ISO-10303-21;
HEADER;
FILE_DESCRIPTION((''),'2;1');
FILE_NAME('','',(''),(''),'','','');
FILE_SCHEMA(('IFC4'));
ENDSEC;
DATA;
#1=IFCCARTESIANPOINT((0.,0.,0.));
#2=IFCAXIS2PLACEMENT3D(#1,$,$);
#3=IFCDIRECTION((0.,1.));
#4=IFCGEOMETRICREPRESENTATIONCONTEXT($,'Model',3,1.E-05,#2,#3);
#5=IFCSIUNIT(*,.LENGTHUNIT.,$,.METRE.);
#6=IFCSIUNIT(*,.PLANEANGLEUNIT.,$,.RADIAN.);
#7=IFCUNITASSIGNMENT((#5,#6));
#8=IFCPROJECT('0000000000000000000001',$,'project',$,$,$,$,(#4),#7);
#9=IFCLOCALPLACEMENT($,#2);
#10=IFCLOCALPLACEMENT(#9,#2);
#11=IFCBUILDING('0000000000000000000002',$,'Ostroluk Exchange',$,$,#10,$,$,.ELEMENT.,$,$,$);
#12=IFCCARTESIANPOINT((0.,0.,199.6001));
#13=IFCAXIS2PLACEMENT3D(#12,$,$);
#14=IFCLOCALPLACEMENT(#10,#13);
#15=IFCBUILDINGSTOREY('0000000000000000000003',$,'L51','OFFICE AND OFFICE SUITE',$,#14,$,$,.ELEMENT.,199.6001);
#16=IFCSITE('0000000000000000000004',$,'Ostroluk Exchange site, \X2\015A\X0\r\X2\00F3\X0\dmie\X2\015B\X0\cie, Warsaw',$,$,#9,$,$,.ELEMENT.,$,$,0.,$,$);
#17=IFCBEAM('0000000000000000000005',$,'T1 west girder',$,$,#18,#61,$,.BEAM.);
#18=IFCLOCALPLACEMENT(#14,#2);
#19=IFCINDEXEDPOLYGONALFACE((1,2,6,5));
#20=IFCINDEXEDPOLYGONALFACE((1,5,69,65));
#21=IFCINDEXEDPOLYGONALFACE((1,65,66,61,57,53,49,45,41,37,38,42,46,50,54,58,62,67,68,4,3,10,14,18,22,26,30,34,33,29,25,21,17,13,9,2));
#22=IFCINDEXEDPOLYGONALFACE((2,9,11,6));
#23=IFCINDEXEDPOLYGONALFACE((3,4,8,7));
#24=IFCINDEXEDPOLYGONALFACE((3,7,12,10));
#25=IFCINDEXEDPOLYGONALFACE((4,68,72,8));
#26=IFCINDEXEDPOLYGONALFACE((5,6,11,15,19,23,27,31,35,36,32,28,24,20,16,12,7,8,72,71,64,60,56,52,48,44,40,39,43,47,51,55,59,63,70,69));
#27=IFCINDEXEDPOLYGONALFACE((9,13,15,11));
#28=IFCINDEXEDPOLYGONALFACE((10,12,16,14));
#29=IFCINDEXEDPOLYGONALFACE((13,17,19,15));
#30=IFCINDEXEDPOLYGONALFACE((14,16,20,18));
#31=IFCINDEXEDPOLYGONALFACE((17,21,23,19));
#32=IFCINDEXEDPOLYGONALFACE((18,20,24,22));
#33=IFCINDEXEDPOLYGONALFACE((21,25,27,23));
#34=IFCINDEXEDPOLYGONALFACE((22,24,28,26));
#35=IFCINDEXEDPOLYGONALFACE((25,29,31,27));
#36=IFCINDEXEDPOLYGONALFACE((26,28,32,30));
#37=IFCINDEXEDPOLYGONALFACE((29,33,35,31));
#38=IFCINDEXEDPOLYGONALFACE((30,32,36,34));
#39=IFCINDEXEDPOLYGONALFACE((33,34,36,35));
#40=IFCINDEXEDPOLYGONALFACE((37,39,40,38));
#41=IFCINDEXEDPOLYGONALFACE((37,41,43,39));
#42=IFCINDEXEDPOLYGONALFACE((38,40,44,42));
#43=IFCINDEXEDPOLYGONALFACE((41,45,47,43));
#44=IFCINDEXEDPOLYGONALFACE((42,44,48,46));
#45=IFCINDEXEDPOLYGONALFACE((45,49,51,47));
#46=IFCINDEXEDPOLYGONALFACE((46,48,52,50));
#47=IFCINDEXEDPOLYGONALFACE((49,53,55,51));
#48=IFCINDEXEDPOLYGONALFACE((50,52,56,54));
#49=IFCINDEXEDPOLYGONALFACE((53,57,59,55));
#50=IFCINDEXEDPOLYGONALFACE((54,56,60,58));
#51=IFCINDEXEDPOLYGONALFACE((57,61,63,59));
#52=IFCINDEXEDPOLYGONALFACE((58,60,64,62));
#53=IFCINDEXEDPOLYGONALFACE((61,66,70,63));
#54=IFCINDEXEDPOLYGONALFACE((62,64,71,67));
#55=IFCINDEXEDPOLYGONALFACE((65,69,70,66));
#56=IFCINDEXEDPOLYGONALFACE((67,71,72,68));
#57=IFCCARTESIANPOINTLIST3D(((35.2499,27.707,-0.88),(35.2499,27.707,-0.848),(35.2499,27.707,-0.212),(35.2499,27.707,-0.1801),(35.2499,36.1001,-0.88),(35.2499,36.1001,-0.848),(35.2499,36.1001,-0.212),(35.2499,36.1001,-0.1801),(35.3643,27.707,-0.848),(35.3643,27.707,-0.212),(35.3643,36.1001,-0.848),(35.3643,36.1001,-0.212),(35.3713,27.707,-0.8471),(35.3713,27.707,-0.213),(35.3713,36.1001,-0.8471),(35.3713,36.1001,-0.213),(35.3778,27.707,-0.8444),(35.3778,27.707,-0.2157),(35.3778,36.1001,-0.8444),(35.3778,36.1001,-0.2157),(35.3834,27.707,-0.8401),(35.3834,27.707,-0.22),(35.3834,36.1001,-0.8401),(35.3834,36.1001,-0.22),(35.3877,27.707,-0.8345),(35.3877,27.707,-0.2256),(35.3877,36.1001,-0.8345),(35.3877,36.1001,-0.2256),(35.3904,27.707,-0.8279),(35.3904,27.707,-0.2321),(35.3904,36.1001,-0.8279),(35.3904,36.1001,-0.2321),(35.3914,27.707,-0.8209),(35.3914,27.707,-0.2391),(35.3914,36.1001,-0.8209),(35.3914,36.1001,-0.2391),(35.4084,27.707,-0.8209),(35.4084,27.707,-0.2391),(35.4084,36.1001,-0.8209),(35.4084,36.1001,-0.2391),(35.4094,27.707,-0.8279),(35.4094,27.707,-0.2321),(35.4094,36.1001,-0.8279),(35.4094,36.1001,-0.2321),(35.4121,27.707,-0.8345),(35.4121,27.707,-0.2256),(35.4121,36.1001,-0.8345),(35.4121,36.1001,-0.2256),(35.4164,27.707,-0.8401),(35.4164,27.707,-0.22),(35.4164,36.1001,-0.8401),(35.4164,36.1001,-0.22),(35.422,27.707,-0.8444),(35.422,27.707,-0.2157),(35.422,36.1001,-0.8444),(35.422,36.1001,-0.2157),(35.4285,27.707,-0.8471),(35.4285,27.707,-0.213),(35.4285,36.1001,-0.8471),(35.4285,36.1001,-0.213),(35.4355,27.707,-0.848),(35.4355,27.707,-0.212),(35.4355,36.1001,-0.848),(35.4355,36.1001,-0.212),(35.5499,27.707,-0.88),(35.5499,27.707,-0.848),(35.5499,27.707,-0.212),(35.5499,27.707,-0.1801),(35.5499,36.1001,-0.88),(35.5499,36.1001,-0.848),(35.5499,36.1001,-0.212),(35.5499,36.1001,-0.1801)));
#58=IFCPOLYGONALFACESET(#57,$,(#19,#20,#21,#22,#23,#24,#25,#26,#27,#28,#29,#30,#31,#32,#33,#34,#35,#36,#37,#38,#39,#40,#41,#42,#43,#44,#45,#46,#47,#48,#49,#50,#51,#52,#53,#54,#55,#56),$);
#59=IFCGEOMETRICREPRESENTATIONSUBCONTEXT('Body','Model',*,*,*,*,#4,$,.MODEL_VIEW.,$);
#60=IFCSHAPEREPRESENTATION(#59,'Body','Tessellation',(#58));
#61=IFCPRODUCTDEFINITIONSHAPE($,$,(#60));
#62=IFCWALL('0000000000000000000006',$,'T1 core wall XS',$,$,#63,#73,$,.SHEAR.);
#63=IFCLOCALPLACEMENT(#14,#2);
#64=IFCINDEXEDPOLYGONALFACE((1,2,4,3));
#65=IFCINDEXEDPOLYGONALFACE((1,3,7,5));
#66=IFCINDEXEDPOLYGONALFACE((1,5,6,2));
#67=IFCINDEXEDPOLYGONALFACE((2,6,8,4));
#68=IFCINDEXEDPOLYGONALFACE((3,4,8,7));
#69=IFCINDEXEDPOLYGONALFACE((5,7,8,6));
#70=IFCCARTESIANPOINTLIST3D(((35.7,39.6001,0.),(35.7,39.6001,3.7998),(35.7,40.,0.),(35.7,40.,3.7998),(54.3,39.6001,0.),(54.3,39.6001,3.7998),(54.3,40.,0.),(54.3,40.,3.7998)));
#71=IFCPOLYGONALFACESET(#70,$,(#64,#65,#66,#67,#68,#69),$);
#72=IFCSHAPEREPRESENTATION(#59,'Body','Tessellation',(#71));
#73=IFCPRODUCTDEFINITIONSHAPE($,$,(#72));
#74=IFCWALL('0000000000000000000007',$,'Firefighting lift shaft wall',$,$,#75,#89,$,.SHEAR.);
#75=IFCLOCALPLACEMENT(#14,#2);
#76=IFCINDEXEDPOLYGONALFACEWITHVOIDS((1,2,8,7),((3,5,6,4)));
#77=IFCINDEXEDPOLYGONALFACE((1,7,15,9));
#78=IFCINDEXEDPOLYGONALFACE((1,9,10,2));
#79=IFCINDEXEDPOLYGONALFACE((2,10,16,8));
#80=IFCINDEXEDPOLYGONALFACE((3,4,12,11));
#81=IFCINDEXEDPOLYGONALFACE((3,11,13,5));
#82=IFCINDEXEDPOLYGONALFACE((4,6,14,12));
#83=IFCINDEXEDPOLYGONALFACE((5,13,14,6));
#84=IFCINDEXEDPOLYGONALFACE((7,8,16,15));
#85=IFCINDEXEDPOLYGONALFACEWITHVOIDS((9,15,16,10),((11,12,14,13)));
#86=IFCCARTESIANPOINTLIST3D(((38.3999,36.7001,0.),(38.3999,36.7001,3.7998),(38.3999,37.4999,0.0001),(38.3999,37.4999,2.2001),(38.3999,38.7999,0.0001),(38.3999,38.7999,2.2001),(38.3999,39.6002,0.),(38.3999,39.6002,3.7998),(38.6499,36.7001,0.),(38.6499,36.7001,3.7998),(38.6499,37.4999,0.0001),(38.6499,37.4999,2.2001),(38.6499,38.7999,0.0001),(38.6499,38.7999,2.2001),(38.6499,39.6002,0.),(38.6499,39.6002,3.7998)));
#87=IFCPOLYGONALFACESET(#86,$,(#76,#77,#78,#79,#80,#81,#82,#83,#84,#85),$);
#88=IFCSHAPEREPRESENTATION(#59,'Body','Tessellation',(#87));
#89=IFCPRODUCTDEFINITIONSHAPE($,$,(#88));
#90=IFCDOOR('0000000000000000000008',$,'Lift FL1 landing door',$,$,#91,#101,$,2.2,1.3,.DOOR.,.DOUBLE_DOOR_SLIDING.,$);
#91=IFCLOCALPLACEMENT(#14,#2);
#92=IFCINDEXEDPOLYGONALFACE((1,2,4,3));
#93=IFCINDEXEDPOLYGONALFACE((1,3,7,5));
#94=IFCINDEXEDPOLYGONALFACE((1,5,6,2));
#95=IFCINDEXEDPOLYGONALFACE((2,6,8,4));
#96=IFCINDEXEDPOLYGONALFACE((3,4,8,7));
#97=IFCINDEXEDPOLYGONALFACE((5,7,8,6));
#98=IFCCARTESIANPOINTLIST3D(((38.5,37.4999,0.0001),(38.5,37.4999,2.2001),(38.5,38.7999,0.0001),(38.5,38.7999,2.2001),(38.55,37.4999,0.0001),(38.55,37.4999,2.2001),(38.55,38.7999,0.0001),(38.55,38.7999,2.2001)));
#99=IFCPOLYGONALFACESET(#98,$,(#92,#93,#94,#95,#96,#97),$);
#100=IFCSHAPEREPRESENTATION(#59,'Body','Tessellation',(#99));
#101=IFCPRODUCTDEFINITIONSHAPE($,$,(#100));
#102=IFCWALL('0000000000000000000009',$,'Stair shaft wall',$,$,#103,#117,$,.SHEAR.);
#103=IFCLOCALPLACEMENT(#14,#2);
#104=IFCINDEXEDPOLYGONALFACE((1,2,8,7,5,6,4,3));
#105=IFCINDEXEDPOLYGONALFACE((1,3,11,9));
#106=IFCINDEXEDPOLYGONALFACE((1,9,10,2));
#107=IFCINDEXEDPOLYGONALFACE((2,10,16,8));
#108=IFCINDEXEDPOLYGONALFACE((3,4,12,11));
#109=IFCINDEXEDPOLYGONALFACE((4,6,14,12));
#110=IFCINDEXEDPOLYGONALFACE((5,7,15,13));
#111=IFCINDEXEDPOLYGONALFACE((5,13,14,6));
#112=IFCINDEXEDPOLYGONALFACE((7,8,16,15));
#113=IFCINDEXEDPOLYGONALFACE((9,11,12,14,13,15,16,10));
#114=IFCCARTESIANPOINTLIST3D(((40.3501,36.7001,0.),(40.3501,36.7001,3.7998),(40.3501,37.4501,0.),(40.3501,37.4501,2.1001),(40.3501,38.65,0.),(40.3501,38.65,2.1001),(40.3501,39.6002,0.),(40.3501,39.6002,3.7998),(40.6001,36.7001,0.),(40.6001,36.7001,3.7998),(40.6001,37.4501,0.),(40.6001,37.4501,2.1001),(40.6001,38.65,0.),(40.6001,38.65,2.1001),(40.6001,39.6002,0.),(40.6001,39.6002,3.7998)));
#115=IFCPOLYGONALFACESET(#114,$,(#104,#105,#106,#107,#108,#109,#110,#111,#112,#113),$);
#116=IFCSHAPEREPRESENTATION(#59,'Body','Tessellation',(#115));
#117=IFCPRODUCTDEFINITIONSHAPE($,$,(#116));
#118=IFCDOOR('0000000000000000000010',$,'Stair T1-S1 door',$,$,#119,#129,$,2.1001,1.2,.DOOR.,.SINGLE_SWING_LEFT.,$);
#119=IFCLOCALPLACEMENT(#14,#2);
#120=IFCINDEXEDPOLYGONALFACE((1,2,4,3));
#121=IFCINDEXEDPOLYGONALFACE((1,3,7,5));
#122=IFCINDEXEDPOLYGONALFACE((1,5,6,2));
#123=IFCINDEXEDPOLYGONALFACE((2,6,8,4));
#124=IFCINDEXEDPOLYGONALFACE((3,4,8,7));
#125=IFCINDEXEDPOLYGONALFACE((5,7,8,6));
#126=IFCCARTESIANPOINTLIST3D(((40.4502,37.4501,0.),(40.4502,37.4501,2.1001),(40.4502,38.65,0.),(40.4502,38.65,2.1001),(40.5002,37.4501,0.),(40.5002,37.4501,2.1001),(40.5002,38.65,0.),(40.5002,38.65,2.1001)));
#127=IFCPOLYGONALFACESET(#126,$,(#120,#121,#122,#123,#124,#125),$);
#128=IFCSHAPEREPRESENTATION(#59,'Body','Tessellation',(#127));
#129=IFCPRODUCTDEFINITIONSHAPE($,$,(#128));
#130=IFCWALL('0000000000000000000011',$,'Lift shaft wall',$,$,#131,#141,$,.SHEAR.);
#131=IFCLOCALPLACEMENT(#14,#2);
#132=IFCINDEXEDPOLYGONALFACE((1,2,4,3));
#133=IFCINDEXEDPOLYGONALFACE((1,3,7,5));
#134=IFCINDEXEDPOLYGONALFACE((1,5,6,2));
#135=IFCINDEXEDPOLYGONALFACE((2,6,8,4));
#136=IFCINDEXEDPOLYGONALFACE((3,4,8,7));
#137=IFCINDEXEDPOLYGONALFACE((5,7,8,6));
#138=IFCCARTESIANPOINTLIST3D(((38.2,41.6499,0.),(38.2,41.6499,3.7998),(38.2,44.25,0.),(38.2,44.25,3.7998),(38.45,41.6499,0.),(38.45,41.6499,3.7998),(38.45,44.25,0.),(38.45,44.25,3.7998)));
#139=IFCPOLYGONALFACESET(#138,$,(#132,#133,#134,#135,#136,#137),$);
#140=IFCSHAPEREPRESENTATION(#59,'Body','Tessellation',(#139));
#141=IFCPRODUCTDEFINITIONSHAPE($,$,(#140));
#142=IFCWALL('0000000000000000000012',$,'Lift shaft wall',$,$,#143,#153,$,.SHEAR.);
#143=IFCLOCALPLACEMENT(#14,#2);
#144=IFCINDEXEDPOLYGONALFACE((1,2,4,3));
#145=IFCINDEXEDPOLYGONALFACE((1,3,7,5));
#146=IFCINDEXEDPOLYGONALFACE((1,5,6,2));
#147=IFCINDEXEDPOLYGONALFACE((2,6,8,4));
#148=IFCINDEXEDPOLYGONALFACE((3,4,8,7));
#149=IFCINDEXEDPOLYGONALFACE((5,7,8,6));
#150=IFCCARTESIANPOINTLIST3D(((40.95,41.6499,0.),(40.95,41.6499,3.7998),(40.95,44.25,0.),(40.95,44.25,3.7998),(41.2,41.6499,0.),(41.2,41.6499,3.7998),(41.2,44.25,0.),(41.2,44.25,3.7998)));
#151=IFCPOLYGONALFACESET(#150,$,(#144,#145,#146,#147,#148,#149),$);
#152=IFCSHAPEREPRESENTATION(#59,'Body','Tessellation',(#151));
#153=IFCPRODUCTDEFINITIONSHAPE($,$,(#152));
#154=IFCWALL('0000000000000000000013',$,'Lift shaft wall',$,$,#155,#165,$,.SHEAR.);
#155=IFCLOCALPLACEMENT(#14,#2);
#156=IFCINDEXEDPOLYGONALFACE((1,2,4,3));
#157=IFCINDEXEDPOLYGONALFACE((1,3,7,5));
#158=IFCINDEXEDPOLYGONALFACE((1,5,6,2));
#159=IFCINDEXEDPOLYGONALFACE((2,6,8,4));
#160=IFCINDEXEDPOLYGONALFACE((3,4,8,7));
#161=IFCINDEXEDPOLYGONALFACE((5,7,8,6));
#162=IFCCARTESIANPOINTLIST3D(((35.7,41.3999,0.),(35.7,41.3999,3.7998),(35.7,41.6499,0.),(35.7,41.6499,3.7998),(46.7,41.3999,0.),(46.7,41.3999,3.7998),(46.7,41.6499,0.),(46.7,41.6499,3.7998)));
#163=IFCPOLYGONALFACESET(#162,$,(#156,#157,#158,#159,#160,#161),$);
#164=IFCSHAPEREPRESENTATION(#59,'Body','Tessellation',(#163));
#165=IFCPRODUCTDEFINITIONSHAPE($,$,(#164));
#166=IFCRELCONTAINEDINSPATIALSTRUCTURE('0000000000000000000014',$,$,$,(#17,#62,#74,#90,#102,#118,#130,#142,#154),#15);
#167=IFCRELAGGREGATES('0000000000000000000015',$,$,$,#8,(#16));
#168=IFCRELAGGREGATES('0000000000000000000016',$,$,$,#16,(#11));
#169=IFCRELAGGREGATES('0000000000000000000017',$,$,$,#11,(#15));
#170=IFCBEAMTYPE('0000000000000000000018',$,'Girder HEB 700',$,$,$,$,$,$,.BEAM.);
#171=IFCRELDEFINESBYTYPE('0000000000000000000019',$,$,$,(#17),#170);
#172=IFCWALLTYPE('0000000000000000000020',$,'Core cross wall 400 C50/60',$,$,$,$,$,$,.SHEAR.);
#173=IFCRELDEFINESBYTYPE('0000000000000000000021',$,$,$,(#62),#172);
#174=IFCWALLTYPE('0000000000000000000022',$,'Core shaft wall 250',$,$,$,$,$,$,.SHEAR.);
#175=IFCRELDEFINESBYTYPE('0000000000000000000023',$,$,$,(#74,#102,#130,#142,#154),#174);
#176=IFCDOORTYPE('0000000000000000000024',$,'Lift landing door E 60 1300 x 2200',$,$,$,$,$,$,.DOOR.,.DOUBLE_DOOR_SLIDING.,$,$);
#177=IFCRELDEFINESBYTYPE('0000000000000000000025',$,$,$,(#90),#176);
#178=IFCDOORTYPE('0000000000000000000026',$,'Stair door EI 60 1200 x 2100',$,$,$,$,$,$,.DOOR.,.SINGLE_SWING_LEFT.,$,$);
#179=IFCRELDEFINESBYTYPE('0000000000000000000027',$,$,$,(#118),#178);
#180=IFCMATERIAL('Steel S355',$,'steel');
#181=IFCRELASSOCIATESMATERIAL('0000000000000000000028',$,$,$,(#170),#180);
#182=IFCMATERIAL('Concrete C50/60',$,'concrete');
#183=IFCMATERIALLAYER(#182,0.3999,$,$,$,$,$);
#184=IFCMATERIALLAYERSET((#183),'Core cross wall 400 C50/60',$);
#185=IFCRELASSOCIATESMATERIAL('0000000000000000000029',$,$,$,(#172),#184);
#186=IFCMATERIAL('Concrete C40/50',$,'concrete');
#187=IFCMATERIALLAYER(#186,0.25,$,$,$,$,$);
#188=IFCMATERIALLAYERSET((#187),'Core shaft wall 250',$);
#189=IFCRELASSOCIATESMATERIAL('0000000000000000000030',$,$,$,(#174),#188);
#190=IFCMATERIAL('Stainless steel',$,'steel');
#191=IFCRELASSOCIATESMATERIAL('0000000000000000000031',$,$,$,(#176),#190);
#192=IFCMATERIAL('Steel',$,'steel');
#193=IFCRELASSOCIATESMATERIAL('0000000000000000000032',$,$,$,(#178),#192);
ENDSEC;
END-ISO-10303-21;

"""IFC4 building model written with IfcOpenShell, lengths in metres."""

from ifc_helpers import new_model, si_unit, direction, frame, frame_2d, origin, origin_2d, place, context, subcontext, project, spatial, rectangle, i_section, extrude, material, layer, layer_set, material_profile, profile_set, type_object, element, fill, save


model = new_model("IFC4")

# Units and contexts
model_context = context("Model", 3, precision=1e-05, world=origin(), true_north=direction((0.0, 1.0)))
body_context = subcontext(model_context, "Body", "Model", "MODEL_VIEW")
ifc_project = project(units=[si_unit("LENGTHUNIT", "METRE"), si_unit("PLANEANGLEUNIT", "RADIAN")], contexts=[model_context])

# Site, building, storey
site_placement = place(None, origin())
site = spatial("IfcSite", under=ifc_project, at=site_placement, Name="Ostroluk Exchange site, Śródmieście, Warsaw", CompositionType="ELEMENT", RefElevation=0.0)
building_placement = place(site_placement, origin())
building = spatial("IfcBuilding", under=site, at=building_placement, Name="Ostroluk Exchange", CompositionType="ELEMENT")
storey_placement = place(building_placement, frame((0.0, 0.0, 199.6001)))
storey = spatial("IfcBuildingStorey", under=building, at=storey_placement, Name="L51", Description="OFFICE AND OFFICE SUITE", CompositionType="ELEMENT", Elevation=199.6001)

# Beam
ifc_material_1 = material(Name="Steel S355", Category="steel")
ifc_material_profile_1 = material_profile(ifc_material_1, i_section(OverallWidth=0.3, OverallDepth=0.7, WebThickness=0.0171, FlangeThickness=0.032, FilletRadius=0.0271, at=origin_2d()), Name="HEB 700")
ifc_profile_set_1 = profile_set([ifc_material_profile_1], Name="Steel S355")
beam_type_1 = type_object("IfcBeamType", Name="Girder HEB 700", PredefinedType="BEAM", material=ifc_profile_set_1)
beam_1_placement = place(storey_placement, frame((35.3999, 36.1001, -0.53), z_axis=(0.0, -1.0, 0.0), x_axis=(1.0, 0.0, 0.0)))
element("IfcBeam", 1, at=beam_1_placement, inside=storey, type_object=beam_type_1, Name="T1 west girder", PredefinedType="BEAM", context=body_context, shape_type="SweptSolid", body=[
    extrude(i_section(OverallWidth=0.3, OverallDepth=0.7, WebThickness=0.0171, FlangeThickness=0.032, FilletRadius=0.0271, at=origin_2d()), origin(), (0.0, 0.0, 1.0), 8.3931),
])

# Wall
ifc_material_2 = material(Name="Concrete C50/60", Category="concrete")
ifc_layer_1 = layer(ifc_material_2, 0.3999)
ifc_layer_set_1 = layer_set([ifc_layer_1], Name="Core cross wall 400 C50/60")
wall_type_1 = type_object("IfcWallType", Name="Core cross wall 400 C50/60", PredefinedType="SHEAR", material=ifc_layer_set_1)
wall_1_placement = place(storey_placement, frame((35.7, 39.8, 0.0), z_axis=(0.0, 0.0, 1.0), x_axis=(1.0, 0.0, 0.0)))
element("IfcWall", 2, at=wall_1_placement, inside=storey, type_object=wall_type_1, Name="T1 core wall XS", PredefinedType="SHEAR", context=body_context, shape_type="SweptSolid", body=[
    extrude(rectangle(XDim=18.6001, YDim=0.3999, at=frame_2d((9.3, 0.0))), origin(), (0.0, 0.0, 1.0), 3.7998),
])

# Walls, openings, doors
ifc_material_3 = material(Name="Concrete C40/50", Category="concrete")
ifc_layer_2 = layer(ifc_material_3, 0.25)
ifc_layer_set_2 = layer_set([ifc_layer_2], Name="Core shaft wall 250")
wall_type_2 = type_object("IfcWallType", Name="Core shaft wall 250", PredefinedType="SHEAR", material=ifc_layer_set_2)
wall_2_placement = place(storey_placement, frame((38.5249, 36.7, 0.0), z_axis=(0.0, 0.0, 1.0), x_axis=(0.0, 1.0, 0.0)))
wall_2 = element("IfcWall", 3, at=wall_2_placement, inside=storey, type_object=wall_type_2, Name="Firefighting lift shaft wall", PredefinedType="SHEAR", context=body_context, shape_type="SweptSolid", body=[
    extrude(rectangle(XDim=2.9001, YDim=0.25, at=frame_2d((1.4502, 0.0))), origin(), (0.0, 0.0, 1.0), 3.7998),
])
opening_1_placement = place(wall_2_placement, frame((0.8, 0.0, 0.0)))
opening_1 = element("IfcOpeningElement", 4, at=opening_1_placement, cuts=wall_2, PredefinedType="OPENING", context=body_context, shape_type="SweptSolid", body=[
    extrude(rectangle(XDim=1.3, YDim=2.2, at=frame_2d((0.6499, 1.1001))), frame((0.0, 0.135, 0.0), z_axis=(0.0, -1.0, 0.0), x_axis=(1.0, 0.0, 0.0)), (0.0, 0.0, 1.0), 0.27),
])
ifc_material_4 = material(Name="Stainless steel", Category="steel")
door_type_1 = type_object("IfcDoorType", Name="Lift landing door E 60 1300 x 2200", OperationType="DOUBLE_DOOR_SLIDING", PredefinedType="DOOR", material=ifc_material_4)
door_1_placement = place(opening_1_placement, origin())
door_1 = element("IfcDoor", 5, at=door_1_placement, inside=storey, type_object=door_type_1, Name="Lift FL1 landing door", OperationType="DOUBLE_DOOR_SLIDING", OverallHeight=2.2, OverallWidth=1.3, PredefinedType="DOOR", context=body_context, shape_type="SweptSolid", body=[
    extrude(rectangle(XDim=1.3, YDim=2.2, at=frame_2d((0.6499, 1.1001))), frame((0.0, 0.0249, 0.0), z_axis=(0.0, -1.0, 0.0), x_axis=(1.0, 0.0, 0.0)), (0.0, 0.0, 1.0), 0.05),
])
fill(opening_1, door_1)
wall_3_placement = place(storey_placement, frame((40.4751, 36.7, 0.0), z_axis=(0.0, 0.0, 1.0), x_axis=(0.0, 1.0, 0.0)))
wall_3 = element("IfcWall", 6, at=wall_3_placement, inside=storey, type_object=wall_type_2, Name="Stair shaft wall", PredefinedType="SHEAR", context=body_context, shape_type="SweptSolid", body=[
    extrude(rectangle(XDim=2.9001, YDim=0.25, at=frame_2d((1.4502, 0.0))), origin(), (0.0, 0.0, 1.0), 3.7998),
])
opening_2_placement = place(wall_3_placement, frame((0.75, 0.0, 0.0)))
opening_2 = element("IfcOpeningElement", 7, at=opening_2_placement, cuts=wall_3, PredefinedType="OPENING", context=body_context, shape_type="SweptSolid", body=[
    extrude(rectangle(XDim=1.2, YDim=2.1001, at=frame_2d((0.6001, 1.05))), frame((0.0, 0.135, 0.0), z_axis=(0.0, -1.0, 0.0), x_axis=(1.0, 0.0, 0.0)), (0.0, 0.0, 1.0), 0.27),
])
ifc_material_5 = material(Name="Steel", Category="steel")
door_type_2 = type_object("IfcDoorType", Name="Stair door EI 60 1200 x 2100", OperationType="SINGLE_SWING_LEFT", PredefinedType="DOOR", material=ifc_material_5)
door_2_placement = place(opening_2_placement, origin())
door_2 = element("IfcDoor", 8, at=door_2_placement, inside=storey, type_object=door_type_2, Name="Stair T1-S1 door", OperationType="SINGLE_SWING_LEFT", OverallHeight=2.1001, OverallWidth=1.2, PredefinedType="DOOR", context=body_context, shape_type="SweptSolid", body=[
    extrude(rectangle(XDim=1.2, YDim=2.1001, at=frame_2d((0.6001, 1.05))), frame((0.0, 0.0249, 0.0), z_axis=(0.0, -1.0, 0.0), x_axis=(1.0, 0.0, 0.0)), (0.0, 0.0, 1.0), 0.05),
])
fill(opening_2, door_2)

# Walls
for number, where, z_axis, x_axis, name in (
    (9, (38.325, 44.25, 0.0), (0.0, 0.0, 1.0), (0.0, -1.0, 0.0), "Lift shaft wall"),
    (10, (41.075, 44.25, 0.0), (0.0, 0.0, 1.0), (0.0, -1.0, 0.0), "Lift shaft wall"),
):
    element("IfcWall", number, at=place(storey_placement, frame(where, z_axis=z_axis, x_axis=x_axis)), inside=storey, type_object=wall_type_2, Name=name, PredefinedType="SHEAR", context=body_context, shape_type="SweptSolid", body=[
        extrude(rectangle(XDim=2.6001, YDim=0.25, at=frame_2d((1.3, 0.0))), origin(), (0.0, 0.0, 1.0), 3.7998),
    ])
wall_4_placement = place(storey_placement, frame((35.7, 41.5249, 0.0), z_axis=(0.0, 0.0, 1.0), x_axis=(1.0, 0.0, 0.0)))
element("IfcWall", 11, at=wall_4_placement, inside=storey, type_object=wall_type_2, Name="Lift shaft wall", PredefinedType="SHEAR", context=body_context, shape_type="SweptSolid", body=[
    extrude(rectangle(XDim=11.0, YDim=0.25, at=frame_2d((5.5, 0.0))), origin(), (0.0, 0.0, 1.0), 3.7998),
])

save(model, "model.ifc")
